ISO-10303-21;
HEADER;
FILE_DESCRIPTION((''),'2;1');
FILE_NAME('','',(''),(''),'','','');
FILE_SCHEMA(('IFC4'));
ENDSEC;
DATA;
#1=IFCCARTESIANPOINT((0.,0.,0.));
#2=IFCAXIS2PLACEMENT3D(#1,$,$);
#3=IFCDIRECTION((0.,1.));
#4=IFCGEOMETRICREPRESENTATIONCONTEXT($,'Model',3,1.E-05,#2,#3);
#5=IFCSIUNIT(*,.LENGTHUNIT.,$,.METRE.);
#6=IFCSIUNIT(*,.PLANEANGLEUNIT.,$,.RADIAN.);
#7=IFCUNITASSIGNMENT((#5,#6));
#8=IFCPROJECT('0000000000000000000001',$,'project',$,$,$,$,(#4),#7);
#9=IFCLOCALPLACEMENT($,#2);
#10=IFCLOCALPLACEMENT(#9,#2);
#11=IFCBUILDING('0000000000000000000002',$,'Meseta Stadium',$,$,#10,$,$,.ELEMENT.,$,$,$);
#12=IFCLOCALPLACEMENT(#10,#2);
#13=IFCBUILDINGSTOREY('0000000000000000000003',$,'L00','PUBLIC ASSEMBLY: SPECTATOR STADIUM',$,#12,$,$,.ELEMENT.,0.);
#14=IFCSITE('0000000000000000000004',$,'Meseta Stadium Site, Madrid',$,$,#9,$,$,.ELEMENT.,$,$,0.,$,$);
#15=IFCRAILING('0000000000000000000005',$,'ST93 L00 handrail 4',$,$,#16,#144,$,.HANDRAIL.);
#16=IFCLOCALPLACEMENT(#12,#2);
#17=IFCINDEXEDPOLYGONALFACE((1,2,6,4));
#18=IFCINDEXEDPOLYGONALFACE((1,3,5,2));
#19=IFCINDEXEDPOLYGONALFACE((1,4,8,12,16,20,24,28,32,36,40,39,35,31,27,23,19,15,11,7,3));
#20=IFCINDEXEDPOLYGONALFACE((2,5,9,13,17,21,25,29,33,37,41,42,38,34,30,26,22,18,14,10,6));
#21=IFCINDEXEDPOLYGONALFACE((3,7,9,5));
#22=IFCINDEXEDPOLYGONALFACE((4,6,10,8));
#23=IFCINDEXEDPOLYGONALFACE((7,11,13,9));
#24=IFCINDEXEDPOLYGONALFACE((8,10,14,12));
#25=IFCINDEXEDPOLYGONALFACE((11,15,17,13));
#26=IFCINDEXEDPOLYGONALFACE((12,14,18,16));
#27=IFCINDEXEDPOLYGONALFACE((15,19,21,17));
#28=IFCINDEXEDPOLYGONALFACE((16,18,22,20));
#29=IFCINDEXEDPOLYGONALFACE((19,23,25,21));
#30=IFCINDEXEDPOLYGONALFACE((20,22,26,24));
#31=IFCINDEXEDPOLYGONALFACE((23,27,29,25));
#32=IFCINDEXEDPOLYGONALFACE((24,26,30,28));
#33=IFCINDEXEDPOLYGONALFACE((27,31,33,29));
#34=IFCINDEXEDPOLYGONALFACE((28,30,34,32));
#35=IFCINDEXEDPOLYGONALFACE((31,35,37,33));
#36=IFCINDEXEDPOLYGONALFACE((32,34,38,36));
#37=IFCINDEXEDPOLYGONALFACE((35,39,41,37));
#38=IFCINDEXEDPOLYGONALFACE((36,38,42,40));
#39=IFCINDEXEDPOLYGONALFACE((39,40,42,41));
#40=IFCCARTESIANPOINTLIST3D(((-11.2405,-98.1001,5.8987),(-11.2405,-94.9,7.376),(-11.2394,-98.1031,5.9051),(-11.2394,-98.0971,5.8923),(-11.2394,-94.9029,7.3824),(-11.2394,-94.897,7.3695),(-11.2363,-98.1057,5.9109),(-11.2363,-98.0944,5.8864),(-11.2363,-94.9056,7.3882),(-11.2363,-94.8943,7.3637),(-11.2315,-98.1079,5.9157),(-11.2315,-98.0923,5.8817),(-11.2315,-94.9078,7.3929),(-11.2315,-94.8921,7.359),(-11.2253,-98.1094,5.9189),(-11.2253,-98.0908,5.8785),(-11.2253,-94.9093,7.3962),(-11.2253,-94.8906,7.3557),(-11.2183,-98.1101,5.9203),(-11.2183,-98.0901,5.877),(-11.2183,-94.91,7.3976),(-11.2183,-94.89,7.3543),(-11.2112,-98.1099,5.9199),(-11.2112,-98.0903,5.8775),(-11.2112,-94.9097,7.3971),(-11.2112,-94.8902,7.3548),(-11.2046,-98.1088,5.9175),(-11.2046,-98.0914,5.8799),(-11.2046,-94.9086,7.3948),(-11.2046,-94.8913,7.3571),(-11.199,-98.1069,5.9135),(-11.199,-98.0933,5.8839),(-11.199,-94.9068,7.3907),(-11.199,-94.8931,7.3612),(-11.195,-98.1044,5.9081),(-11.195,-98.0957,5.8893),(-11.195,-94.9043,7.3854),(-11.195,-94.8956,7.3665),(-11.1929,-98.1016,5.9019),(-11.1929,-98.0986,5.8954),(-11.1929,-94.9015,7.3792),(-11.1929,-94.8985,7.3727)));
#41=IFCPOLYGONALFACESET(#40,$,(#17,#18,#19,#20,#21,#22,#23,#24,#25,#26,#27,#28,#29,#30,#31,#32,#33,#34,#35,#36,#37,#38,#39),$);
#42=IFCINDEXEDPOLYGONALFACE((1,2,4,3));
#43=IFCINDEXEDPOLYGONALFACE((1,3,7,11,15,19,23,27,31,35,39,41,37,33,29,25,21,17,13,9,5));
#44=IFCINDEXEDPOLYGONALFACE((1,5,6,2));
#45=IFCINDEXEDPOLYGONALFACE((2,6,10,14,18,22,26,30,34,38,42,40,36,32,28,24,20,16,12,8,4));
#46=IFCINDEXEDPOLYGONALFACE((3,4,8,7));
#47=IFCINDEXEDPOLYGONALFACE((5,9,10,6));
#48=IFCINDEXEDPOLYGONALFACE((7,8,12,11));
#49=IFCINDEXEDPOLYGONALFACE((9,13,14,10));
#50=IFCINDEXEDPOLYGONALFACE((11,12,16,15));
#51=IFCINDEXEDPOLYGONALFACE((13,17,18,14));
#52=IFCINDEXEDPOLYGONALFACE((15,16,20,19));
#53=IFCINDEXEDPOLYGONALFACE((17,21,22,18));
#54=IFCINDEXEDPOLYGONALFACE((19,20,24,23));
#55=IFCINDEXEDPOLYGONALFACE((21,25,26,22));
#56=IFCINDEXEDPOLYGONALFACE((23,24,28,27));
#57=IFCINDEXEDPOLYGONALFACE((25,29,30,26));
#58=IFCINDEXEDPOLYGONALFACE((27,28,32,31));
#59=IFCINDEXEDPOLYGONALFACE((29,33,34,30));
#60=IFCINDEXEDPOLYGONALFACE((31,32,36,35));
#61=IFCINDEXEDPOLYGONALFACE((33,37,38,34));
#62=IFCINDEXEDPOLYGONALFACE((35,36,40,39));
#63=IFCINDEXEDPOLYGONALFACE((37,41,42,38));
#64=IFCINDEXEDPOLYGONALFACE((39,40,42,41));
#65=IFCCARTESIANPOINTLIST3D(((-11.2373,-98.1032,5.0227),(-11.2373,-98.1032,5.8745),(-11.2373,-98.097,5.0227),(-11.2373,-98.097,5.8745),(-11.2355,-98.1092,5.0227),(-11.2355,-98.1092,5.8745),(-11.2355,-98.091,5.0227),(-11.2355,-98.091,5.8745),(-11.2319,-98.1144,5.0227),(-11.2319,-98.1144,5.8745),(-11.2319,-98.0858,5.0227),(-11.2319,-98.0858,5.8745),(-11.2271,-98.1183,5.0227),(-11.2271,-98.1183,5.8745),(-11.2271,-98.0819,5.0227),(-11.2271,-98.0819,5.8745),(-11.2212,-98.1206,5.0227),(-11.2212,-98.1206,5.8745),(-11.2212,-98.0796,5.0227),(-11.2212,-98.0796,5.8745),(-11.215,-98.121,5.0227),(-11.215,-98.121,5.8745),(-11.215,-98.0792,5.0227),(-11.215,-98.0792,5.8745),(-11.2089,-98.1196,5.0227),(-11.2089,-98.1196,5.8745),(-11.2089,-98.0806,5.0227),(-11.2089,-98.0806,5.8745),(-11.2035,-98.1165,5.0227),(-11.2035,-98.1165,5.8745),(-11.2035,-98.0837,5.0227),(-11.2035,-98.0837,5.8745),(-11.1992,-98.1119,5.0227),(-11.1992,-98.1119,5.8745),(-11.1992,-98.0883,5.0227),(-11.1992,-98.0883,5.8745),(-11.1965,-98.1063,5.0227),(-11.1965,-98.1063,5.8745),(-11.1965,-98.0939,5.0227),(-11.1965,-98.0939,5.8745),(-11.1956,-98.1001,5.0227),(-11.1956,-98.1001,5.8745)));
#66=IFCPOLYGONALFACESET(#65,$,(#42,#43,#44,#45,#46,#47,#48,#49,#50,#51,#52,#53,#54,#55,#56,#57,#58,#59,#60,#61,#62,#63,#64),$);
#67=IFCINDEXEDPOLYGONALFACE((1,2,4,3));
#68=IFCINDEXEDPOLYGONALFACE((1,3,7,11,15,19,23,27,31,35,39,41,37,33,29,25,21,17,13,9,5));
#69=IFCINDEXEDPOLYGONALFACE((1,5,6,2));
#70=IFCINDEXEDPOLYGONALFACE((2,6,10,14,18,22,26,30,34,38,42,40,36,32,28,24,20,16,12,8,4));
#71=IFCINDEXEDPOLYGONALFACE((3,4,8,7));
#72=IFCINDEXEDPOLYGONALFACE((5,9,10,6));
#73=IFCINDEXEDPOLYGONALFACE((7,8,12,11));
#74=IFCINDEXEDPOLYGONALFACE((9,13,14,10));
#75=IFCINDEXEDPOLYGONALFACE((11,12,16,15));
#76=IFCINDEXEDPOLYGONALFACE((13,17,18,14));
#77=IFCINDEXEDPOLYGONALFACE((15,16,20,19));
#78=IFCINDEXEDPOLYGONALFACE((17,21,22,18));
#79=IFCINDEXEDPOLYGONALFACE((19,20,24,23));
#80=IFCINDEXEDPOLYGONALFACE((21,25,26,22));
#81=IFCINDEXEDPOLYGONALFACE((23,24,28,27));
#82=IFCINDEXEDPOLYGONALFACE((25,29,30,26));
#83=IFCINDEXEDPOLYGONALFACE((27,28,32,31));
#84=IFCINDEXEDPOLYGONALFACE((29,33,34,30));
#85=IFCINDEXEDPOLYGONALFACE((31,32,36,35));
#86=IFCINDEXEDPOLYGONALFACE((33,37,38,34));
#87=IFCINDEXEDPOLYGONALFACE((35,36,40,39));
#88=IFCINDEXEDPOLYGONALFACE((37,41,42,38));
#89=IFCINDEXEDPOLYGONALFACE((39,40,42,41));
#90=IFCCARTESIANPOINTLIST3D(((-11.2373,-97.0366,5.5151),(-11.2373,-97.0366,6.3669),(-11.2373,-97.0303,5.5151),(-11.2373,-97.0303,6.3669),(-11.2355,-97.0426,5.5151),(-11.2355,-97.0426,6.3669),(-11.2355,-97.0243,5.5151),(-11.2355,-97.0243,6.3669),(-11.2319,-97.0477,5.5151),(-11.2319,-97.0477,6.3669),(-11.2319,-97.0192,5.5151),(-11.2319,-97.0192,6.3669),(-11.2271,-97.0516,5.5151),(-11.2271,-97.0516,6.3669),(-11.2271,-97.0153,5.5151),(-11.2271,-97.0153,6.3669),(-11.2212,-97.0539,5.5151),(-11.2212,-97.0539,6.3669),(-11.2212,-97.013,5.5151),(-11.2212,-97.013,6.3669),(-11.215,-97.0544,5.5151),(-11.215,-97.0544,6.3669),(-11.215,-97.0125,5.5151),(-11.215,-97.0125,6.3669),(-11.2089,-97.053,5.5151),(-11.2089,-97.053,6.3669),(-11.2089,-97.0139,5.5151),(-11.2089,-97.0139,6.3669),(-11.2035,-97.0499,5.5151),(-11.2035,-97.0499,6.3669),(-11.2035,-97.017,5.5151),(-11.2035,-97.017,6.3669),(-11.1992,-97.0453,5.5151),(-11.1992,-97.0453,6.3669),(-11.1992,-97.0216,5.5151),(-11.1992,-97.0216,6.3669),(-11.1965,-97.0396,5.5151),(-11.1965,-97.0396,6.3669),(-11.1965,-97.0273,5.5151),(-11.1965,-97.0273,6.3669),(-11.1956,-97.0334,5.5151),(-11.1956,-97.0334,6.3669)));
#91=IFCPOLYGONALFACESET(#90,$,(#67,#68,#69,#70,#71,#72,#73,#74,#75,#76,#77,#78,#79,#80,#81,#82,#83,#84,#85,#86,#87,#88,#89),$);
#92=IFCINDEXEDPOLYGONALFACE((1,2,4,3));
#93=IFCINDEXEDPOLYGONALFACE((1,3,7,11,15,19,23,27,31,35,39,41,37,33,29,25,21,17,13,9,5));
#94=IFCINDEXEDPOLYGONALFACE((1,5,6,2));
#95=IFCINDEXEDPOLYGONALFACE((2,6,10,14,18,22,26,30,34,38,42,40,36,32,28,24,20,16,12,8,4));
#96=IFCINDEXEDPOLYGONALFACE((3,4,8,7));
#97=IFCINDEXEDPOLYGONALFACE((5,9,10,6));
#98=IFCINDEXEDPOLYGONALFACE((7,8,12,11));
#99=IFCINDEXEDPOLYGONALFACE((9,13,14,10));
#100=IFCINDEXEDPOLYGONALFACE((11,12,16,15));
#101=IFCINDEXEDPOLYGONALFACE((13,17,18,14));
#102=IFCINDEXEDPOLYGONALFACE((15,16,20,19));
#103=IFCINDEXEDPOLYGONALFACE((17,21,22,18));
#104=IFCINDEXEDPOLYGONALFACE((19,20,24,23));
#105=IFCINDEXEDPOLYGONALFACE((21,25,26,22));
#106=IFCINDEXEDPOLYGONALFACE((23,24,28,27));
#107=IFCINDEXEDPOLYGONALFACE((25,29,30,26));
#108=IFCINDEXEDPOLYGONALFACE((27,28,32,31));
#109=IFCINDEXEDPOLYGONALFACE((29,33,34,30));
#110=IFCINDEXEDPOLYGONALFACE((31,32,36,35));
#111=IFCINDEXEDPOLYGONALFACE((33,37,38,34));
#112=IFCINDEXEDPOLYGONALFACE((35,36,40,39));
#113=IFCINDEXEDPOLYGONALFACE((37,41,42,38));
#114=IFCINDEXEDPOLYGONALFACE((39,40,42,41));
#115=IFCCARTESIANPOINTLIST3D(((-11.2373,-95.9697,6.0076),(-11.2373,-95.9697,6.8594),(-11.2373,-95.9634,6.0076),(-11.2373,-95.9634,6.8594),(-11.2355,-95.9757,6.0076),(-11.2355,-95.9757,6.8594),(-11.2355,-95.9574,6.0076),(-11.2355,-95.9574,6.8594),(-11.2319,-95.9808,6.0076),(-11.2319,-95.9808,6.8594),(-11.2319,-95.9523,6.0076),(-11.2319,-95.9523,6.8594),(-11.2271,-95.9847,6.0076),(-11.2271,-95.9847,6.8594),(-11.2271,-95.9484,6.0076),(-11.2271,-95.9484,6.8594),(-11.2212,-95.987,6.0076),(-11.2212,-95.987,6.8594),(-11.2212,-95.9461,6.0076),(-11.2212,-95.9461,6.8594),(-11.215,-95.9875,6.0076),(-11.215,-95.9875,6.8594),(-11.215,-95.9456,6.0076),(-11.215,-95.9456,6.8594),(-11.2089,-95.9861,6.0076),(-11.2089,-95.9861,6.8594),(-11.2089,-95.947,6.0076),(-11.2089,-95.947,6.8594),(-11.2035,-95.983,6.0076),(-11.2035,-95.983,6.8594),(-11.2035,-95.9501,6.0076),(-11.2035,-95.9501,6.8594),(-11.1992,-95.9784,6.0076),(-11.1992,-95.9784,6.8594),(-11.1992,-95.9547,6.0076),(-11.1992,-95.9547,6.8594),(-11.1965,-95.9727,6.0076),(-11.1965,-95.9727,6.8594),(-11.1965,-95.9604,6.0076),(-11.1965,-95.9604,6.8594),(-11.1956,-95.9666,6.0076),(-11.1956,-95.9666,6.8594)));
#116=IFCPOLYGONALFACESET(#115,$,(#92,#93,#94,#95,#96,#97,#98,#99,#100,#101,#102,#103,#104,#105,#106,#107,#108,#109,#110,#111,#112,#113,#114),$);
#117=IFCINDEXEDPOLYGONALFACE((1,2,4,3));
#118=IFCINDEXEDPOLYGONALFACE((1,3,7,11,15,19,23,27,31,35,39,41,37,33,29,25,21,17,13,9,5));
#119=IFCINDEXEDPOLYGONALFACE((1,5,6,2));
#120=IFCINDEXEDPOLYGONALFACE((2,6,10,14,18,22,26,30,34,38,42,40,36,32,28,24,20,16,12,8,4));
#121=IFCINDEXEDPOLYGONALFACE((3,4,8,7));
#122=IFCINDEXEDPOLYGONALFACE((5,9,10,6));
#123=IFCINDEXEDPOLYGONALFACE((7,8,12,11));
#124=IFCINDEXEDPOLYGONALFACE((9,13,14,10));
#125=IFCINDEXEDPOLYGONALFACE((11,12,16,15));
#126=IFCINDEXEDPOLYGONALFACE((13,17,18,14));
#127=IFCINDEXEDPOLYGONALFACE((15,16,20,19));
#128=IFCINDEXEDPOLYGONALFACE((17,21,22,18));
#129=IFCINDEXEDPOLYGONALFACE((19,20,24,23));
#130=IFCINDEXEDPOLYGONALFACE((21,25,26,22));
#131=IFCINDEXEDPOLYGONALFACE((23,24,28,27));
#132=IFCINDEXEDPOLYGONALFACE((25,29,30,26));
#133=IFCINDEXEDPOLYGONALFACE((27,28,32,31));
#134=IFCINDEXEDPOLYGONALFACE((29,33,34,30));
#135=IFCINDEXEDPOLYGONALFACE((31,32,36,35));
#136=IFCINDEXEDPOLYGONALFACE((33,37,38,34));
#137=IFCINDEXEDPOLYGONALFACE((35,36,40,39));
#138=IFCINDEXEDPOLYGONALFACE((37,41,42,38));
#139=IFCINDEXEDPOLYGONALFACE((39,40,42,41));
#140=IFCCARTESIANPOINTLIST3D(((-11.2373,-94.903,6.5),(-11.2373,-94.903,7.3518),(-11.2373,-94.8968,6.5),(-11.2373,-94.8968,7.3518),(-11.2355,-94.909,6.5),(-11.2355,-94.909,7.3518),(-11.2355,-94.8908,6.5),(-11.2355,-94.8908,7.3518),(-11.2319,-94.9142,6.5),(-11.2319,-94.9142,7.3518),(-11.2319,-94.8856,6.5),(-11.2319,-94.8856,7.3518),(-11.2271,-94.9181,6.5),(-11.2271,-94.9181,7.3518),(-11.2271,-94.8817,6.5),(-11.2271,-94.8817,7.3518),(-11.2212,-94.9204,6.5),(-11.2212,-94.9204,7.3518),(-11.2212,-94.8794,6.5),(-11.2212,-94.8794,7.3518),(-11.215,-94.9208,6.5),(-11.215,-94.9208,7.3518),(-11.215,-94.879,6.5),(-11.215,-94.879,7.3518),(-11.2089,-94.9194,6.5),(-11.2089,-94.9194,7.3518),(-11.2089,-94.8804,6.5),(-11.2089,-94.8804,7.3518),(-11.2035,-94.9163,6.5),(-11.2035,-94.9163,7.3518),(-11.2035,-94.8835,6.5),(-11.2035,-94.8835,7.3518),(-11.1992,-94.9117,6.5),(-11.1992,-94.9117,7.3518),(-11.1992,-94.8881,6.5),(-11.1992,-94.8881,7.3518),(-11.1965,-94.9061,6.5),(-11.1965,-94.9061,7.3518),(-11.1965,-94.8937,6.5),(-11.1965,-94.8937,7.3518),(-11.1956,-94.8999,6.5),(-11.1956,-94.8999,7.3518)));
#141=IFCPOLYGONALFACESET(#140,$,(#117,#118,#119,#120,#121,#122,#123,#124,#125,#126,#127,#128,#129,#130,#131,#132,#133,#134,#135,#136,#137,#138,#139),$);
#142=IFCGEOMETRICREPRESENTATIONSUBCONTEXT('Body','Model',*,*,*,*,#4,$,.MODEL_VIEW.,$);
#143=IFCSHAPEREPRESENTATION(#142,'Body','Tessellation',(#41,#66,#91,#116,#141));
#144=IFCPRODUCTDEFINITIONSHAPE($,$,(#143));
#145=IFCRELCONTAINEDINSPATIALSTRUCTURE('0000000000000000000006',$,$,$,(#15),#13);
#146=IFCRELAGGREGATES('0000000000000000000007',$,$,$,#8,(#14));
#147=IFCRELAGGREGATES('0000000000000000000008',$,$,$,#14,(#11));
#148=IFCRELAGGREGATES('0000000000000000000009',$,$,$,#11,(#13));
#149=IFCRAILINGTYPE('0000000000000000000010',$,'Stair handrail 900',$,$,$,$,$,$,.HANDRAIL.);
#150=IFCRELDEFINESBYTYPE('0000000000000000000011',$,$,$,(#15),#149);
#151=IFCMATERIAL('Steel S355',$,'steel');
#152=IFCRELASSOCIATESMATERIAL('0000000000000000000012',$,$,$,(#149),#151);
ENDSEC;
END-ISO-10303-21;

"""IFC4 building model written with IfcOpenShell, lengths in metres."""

from ifc_helpers import new_model, si_unit, direction, frame, origin, origin_2d, place, context, subcontext, project, spatial, circle, extrude, material, type_object, element, save


model = new_model("IFC4")

# Units and contexts
model_context = context("Model", 3, precision=1e-05, world=origin(), true_north=direction((0.0, 1.0)))
body_context = subcontext(model_context, "Body", "Model", "MODEL_VIEW")
ifc_project = project(units=[si_unit("LENGTHUNIT", "METRE"), si_unit("PLANEANGLEUNIT", "RADIAN")], contexts=[model_context])

# Site, building, storey
site_placement = place(None, origin())
site = spatial("IfcSite", under=ifc_project, at=site_placement, Name="Meseta Stadium Site, Madrid", CompositionType="ELEMENT", RefElevation=0.0)
building_placement = place(site_placement, origin())
building = spatial("IfcBuilding", under=site, at=building_placement, Name="Meseta Stadium", CompositionType="ELEMENT")
storey_placement = place(building_placement, origin())
storey = spatial("IfcBuildingStorey", under=building, at=storey_placement, Name="L00", Description="PUBLIC ASSEMBLY: SPECTATOR STADIUM", CompositionType="ELEMENT", Elevation=0.0)

# Railing
ifc_material_1 = material(Name="Steel S355", Category="steel")
railing_type_1 = type_object("IfcRailingType", Name="Stair handrail 900", PredefinedType="HANDRAIL", material=ifc_material_1)
railing_1_placement = place(storey_placement, frame((-11.2166, -98.1001, 5.0227)))
element("IfcRailing", 1, at=railing_1_placement, inside=storey, type_object=railing_type_1, Name="ST93 L00 handrail 4", PredefinedType="HANDRAIL", context=body_context, shape_type="SweptSolid", body=[
    extrude(circle(Radius=0.0239, at=origin_2d()), frame((0.0, 0.0, 0.876), z_axis=(0.0, 0.907929, 0.419124), x_axis=(-1.0, 0.0, 0.0)), (0.0, 0.0, 1.0), 3.5247),
    extrude(circle(Radius=0.021, at=origin_2d()), origin(), (0.0, 0.0, 1.0), 0.8518),
    extrude(circle(Radius=0.021, at=origin_2d()), frame((0.0, 1.0667, 0.4924)), (0.0, 0.0, 1.0), 0.8518),
    extrude(circle(Radius=0.021, at=origin_2d()), frame((0.0, 2.1335, 0.9849)), (0.0, 0.0, 1.0), 0.8518),
    extrude(circle(Radius=0.021, at=origin_2d()), frame((0.0, 3.2002, 1.4773)), (0.0, 0.0, 1.0), 0.8518),
])

save(model, "model.ifc")
